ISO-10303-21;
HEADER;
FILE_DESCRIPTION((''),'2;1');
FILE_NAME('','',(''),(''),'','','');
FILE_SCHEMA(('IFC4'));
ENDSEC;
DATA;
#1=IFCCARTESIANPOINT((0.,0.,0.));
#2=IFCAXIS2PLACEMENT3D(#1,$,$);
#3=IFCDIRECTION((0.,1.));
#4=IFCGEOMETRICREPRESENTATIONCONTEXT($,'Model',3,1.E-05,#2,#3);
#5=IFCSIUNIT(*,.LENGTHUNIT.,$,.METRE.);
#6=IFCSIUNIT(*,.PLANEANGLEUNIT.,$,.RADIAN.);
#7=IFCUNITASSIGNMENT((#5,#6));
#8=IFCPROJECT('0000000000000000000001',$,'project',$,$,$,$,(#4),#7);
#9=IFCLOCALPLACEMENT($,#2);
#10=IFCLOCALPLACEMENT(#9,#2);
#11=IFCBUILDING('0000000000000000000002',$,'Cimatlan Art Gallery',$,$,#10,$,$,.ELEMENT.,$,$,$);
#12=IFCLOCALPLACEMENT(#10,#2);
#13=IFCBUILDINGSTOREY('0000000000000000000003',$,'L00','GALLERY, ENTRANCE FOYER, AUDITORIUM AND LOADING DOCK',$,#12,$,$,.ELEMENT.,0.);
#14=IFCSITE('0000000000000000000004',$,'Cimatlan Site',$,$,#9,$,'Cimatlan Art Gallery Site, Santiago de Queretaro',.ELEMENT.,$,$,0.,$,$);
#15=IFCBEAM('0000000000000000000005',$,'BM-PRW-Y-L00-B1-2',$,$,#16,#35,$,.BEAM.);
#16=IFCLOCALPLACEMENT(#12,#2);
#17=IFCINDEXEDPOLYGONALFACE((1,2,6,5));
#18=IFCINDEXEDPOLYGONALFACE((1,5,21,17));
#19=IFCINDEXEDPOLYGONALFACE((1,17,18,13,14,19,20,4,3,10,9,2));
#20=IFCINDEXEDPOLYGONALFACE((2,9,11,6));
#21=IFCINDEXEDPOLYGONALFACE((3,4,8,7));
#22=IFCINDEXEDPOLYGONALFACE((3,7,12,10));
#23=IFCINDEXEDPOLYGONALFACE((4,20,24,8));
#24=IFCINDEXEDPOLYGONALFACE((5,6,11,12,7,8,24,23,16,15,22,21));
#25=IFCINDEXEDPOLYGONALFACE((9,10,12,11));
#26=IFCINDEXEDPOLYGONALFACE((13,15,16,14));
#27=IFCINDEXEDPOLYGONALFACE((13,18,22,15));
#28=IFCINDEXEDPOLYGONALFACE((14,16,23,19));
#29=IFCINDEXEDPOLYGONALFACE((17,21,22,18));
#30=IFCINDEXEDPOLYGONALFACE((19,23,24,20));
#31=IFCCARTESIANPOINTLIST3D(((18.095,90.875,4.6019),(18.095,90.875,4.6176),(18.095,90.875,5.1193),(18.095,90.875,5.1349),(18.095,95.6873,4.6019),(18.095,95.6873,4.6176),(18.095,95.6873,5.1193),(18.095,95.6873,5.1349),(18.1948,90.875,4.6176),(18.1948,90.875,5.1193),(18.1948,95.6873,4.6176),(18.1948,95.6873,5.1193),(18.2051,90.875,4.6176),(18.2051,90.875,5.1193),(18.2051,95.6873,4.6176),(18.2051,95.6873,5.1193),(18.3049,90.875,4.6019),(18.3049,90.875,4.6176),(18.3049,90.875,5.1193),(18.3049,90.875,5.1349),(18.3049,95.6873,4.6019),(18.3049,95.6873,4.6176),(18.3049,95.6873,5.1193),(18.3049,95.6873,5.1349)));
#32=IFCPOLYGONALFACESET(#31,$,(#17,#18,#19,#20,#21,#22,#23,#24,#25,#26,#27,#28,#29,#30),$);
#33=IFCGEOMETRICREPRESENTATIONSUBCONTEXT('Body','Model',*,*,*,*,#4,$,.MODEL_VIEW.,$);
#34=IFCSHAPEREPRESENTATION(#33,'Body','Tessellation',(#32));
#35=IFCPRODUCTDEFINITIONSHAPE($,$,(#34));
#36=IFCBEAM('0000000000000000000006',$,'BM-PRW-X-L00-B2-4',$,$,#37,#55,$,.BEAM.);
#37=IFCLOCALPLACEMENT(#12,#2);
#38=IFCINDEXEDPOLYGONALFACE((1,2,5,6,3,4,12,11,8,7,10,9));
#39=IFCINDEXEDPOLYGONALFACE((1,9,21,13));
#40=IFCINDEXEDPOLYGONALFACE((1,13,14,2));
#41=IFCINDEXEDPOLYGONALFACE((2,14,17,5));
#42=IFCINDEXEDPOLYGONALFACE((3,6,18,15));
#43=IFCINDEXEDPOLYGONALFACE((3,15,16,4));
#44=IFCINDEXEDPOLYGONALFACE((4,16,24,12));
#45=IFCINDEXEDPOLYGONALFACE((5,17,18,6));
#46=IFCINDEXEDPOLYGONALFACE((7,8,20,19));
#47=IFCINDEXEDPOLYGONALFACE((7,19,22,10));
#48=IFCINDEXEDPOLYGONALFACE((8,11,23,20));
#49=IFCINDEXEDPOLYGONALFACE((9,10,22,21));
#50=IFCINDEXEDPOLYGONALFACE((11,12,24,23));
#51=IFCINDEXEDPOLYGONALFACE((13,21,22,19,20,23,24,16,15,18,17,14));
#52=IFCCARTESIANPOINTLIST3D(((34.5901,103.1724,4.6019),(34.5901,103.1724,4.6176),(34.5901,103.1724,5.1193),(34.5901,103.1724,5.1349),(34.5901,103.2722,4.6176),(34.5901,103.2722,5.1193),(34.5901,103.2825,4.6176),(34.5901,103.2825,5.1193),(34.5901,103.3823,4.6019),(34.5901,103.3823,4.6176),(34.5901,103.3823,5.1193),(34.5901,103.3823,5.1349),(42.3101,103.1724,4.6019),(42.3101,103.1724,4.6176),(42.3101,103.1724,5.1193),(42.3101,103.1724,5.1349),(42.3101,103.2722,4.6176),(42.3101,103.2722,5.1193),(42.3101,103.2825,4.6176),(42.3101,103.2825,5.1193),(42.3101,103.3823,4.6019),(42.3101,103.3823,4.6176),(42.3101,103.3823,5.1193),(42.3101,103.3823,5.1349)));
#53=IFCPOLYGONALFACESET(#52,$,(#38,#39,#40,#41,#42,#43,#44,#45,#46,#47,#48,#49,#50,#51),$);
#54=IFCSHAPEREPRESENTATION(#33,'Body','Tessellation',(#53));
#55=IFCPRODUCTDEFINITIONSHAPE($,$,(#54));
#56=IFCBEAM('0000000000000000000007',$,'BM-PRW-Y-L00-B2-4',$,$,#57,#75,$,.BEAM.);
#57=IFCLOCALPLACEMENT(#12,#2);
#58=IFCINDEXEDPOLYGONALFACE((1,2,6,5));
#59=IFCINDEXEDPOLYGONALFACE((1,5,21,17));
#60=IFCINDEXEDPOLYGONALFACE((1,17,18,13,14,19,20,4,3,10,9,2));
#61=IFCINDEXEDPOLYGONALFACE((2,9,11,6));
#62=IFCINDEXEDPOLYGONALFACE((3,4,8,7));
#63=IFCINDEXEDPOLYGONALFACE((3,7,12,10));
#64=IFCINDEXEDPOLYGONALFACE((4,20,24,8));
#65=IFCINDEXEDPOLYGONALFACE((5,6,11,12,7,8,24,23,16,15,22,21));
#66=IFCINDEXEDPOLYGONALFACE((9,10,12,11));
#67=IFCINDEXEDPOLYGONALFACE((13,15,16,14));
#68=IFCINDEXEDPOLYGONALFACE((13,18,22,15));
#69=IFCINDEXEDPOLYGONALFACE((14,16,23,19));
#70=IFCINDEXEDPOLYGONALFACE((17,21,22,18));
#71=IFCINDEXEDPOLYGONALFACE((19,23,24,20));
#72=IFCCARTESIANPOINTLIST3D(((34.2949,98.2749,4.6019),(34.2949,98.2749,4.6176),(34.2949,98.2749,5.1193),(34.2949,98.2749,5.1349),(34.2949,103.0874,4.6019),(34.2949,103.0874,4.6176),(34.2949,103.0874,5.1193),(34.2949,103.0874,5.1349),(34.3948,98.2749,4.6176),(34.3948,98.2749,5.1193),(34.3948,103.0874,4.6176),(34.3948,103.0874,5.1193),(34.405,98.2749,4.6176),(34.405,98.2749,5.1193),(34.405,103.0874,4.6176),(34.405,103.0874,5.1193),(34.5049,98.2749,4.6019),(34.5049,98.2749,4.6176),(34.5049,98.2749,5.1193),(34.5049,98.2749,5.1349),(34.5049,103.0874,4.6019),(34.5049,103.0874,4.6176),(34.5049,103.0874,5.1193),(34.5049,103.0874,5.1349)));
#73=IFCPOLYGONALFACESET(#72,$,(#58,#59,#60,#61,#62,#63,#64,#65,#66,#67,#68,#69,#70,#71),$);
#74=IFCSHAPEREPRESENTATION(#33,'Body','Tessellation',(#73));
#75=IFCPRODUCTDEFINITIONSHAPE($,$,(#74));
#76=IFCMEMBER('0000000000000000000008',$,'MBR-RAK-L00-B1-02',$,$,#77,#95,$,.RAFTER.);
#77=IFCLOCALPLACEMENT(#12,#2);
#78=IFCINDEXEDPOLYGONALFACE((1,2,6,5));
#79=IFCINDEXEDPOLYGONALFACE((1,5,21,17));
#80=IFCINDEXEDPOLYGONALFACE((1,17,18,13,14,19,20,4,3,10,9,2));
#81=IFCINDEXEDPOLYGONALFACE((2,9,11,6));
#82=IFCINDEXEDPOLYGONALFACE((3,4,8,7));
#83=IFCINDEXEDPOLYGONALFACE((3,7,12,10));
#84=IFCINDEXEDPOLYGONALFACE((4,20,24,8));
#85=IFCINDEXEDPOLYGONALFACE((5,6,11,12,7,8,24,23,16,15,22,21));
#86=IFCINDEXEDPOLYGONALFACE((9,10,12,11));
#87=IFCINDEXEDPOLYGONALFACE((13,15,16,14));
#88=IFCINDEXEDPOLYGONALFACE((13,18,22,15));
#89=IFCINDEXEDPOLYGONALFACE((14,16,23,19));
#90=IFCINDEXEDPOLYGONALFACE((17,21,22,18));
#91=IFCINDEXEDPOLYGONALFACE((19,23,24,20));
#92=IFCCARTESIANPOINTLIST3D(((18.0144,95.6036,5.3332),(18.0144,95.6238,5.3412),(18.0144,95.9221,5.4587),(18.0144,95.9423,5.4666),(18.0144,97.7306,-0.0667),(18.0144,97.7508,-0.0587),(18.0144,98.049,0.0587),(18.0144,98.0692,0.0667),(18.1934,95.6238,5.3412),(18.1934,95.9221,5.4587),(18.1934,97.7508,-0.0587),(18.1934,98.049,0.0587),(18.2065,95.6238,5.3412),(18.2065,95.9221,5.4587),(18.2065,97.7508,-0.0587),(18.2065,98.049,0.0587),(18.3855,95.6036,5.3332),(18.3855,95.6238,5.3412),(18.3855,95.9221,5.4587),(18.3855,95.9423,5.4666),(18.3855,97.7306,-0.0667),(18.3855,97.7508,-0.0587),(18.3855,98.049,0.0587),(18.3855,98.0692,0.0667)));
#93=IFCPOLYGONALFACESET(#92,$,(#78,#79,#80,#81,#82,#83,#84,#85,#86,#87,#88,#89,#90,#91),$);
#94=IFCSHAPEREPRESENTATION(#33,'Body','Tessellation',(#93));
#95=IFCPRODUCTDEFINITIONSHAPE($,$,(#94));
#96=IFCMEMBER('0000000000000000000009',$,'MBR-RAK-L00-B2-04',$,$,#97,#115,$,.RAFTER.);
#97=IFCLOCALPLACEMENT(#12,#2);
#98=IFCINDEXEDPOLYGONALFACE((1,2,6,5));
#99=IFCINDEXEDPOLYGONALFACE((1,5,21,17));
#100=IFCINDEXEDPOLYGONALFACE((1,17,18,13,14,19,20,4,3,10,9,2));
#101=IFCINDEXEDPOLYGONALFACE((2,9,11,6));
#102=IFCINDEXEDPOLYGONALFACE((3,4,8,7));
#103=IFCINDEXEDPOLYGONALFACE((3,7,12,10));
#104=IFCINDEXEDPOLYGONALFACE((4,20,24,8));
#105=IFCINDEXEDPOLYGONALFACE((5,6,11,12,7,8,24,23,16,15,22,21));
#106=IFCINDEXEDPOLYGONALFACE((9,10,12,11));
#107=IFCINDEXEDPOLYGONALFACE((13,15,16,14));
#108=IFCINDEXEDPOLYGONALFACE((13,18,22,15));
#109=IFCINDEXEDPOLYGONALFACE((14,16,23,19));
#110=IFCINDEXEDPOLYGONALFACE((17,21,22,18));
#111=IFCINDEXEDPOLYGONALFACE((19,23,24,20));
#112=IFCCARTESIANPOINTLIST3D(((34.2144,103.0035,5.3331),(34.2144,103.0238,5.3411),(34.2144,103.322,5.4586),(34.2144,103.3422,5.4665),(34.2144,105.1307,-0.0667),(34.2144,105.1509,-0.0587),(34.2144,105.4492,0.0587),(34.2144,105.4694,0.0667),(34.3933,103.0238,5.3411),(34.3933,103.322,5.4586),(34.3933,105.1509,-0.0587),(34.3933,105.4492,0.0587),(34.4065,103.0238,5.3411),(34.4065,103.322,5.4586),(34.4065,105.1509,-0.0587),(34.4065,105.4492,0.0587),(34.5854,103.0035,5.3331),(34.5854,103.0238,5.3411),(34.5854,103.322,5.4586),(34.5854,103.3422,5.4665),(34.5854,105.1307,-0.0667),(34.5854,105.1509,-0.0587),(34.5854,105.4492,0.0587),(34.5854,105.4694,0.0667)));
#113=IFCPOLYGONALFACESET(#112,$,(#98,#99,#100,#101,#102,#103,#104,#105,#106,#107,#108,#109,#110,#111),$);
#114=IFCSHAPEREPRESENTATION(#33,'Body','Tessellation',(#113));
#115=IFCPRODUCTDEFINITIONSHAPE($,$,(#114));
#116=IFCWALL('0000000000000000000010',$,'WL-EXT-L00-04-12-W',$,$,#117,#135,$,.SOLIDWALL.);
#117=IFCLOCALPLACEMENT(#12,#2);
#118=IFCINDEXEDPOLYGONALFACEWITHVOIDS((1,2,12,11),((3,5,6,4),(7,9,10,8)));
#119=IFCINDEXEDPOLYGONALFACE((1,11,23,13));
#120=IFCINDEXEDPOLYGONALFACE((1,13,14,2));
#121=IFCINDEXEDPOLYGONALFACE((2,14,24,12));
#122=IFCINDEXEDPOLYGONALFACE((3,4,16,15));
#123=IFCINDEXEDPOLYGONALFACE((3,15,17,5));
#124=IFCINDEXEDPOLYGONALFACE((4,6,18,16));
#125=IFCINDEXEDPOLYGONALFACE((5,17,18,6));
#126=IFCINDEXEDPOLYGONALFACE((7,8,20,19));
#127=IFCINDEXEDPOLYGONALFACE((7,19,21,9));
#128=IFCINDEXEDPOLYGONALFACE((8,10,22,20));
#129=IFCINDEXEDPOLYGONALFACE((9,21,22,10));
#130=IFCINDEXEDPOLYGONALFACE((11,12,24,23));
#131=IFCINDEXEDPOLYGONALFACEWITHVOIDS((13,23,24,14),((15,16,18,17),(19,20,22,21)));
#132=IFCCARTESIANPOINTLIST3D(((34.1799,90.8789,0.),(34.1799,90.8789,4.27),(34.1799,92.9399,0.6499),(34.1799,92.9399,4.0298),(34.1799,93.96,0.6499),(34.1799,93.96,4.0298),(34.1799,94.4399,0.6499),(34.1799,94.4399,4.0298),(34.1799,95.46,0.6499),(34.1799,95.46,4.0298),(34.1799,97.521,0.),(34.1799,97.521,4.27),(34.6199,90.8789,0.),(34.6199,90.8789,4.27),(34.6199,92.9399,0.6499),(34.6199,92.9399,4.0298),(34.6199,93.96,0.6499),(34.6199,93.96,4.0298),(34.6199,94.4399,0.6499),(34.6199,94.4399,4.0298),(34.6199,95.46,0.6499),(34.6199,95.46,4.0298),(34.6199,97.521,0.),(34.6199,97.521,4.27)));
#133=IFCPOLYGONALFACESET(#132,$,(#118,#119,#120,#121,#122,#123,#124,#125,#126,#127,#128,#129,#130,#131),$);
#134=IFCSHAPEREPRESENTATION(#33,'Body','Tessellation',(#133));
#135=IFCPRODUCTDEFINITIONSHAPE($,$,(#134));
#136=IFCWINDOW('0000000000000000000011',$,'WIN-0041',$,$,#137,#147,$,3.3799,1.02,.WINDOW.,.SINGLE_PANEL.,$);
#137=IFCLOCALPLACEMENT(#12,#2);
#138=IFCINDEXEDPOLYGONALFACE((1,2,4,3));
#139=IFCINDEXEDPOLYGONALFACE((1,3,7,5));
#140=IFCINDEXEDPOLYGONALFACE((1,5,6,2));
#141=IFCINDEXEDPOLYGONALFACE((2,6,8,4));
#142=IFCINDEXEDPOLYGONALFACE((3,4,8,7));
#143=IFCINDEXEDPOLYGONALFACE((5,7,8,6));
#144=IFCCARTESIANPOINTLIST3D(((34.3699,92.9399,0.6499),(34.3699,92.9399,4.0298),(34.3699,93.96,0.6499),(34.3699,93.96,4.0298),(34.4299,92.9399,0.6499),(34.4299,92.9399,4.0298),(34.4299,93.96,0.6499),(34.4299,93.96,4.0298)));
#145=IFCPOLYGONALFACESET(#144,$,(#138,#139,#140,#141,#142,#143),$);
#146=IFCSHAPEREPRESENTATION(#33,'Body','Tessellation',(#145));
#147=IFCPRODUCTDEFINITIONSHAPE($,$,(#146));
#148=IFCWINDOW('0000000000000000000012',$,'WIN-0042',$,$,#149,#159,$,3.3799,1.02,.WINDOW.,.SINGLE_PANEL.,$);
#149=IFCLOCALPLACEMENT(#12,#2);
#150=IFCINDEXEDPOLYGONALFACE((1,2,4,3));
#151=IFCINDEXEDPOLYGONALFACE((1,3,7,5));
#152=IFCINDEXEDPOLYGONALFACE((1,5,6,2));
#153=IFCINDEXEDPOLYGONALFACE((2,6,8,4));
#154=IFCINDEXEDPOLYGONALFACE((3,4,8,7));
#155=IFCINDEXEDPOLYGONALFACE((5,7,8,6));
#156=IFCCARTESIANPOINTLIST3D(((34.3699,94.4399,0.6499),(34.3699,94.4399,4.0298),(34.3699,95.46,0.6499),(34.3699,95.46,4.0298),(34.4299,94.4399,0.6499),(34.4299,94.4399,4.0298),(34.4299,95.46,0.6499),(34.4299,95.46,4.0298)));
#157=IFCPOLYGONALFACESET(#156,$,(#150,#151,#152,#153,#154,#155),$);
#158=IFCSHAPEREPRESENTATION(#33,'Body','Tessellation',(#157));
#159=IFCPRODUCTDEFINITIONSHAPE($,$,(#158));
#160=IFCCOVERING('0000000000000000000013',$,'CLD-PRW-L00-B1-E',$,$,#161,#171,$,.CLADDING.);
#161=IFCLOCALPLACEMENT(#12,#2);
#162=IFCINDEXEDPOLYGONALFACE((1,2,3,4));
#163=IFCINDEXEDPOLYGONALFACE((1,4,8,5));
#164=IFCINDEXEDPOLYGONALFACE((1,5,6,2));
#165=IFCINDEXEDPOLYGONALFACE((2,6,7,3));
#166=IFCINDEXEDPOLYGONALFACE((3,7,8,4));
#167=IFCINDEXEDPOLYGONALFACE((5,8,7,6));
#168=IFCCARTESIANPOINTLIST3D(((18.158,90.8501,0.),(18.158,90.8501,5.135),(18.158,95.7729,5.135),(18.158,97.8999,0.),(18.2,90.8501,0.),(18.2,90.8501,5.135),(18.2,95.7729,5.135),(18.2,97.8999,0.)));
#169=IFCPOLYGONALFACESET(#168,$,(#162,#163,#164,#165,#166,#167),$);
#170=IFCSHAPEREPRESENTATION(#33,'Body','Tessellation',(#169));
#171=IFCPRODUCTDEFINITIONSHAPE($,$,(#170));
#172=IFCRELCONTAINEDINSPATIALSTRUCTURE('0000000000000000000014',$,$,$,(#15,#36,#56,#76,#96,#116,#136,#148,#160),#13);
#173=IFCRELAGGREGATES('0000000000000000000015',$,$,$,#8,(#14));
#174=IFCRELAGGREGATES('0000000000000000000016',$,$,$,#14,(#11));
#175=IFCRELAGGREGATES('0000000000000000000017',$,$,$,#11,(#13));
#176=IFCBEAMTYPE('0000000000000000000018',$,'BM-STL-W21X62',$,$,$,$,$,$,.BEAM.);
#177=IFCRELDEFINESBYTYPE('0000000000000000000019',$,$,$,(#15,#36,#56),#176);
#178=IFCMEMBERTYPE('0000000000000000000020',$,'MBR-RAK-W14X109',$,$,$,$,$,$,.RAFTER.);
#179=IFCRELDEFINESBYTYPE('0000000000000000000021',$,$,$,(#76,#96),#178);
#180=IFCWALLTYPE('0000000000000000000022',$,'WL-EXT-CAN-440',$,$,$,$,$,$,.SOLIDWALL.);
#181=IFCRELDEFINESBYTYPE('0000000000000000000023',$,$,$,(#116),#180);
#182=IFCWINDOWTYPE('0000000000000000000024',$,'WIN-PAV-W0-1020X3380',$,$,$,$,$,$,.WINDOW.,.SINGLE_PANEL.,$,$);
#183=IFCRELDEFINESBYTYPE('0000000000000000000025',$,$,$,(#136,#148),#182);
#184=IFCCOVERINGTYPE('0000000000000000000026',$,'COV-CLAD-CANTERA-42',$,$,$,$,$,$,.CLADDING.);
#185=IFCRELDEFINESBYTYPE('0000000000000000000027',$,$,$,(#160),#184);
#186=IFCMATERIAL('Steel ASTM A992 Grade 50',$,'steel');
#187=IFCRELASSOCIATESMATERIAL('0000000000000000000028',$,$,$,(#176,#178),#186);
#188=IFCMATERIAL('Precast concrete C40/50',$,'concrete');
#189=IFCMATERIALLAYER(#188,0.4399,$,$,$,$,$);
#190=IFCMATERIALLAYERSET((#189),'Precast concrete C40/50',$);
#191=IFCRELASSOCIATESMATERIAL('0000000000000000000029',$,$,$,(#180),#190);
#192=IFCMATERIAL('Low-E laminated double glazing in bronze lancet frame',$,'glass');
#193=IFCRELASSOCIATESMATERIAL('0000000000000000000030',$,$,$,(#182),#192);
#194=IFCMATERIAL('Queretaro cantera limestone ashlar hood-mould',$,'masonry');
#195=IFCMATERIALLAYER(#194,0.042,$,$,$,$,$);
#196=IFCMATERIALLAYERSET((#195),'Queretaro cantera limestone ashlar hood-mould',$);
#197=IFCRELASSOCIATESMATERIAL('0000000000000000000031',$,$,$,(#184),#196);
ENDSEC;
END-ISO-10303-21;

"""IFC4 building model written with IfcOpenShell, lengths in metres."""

from ifc_helpers import new_model, si_unit, direction, frame, frame_2d, origin, origin_2d, place, context, subcontext, project, spatial, polyline, rectangle, i_section, outline, extrude, material, layer, layer_set, material_profile, profile_set, type_object, element, fill, save


model = new_model("IFC4")

# Units and contexts
model_context = context("Model", 3, precision=1e-05, world=origin(), true_north=direction((0.0, 1.0)))
body_context = subcontext(model_context, "Body", "Model", "MODEL_VIEW")
ifc_project = project(units=[si_unit("LENGTHUNIT", "METRE"), si_unit("PLANEANGLEUNIT", "RADIAN")], contexts=[model_context])

# Site, building, storey
site_placement = place(None, origin())
site = spatial("IfcSite", under=ifc_project, at=site_placement, Name="Cimatlan Site", LongName="Cimatlan Art Gallery Site, Santiago de Queretaro", CompositionType="ELEMENT", RefElevation=0.0)
building_placement = place(site_placement, origin())
building = spatial("IfcBuilding", under=site, at=building_placement, Name="Cimatlan Art Gallery", CompositionType="ELEMENT")
storey_placement = place(building_placement, origin())
storey = spatial("IfcBuildingStorey", under=building, at=storey_placement, Name="L00", Description="GALLERY, ENTRANCE FOYER, AUDITORIUM AND LOADING DOCK", CompositionType="ELEMENT", Elevation=0.0)

# Beams
ifc_material_1 = material(Name="Steel ASTM A992 Grade 50", Category="steel")
ifc_material_profile_1 = material_profile(ifc_material_1, i_section(OverallWidth=0.21, OverallDepth=0.533, WebThickness=0.0103, FlangeThickness=0.0156, at=origin_2d()), Name="W21X62")
ifc_profile_set_1 = profile_set([ifc_material_profile_1], Name="Steel ASTM A992 Grade 50")
beam_type_1 = type_object("IfcBeamType", Name="BM-STL-W21X62", PredefinedType="BEAM", material=ifc_profile_set_1)
beam_1_placement = place(storey_placement, frame((18.2, 90.875, 4.8684), z_axis=(0.0, 1.0, 0.0), x_axis=(-1.0, 0.0, 0.0)))
element("IfcBeam", 1, at=beam_1_placement, inside=storey, type_object=beam_type_1, Name="BM-PRW-Y-L00-B1-2", PredefinedType="BEAM", context=body_context, shape_type="SweptSolid", body=[
    extrude(i_section(OverallWidth=0.21, OverallDepth=0.533, WebThickness=0.0103, FlangeThickness=0.0156, at=origin_2d()), origin(), (0.0, 0.0, 1.0), 4.8123),
])
beam_2_placement = place(storey_placement, frame((34.5901, 103.2773, 4.8684), z_axis=(1.0, 0.0, 0.0), x_axis=(0.0, 1.0, 0.0)))
element("IfcBeam", 2, at=beam_2_placement, inside=storey, type_object=beam_type_1, Name="BM-PRW-X-L00-B2-4", PredefinedType="BEAM", context=body_context, shape_type="SweptSolid", body=[
    extrude(i_section(OverallWidth=0.21, OverallDepth=0.533, WebThickness=0.0103, FlangeThickness=0.0156, at=origin_2d()), origin(), (0.0, 0.0, 1.0), 7.72),
])
beam_3_placement = place(storey_placement, frame((34.3999, 98.2749, 4.8684), z_axis=(0.0, 1.0, 0.0), x_axis=(-1.0, 0.0, 0.0)))
element("IfcBeam", 3, at=beam_3_placement, inside=storey, type_object=beam_type_1, Name="BM-PRW-Y-L00-B2-4", PredefinedType="BEAM", context=body_context, shape_type="SweptSolid", body=[
    extrude(i_section(OverallWidth=0.21, OverallDepth=0.533, WebThickness=0.0103, FlangeThickness=0.0156, at=origin_2d()), origin(), (0.0, 0.0, 1.0), 4.8125),
])

# Members
ifc_material_profile_2 = material_profile(ifc_material_1, i_section(OverallWidth=0.3711, OverallDepth=0.364, WebThickness=0.0132, FlangeThickness=0.0217, at=origin_2d()), Name="W14X109")
ifc_profile_set_2 = profile_set([ifc_material_profile_2], Name="Steel ASTM A992 Grade 50")
member_type = type_object("IfcMemberType", Name="MBR-RAK-W14X109", PredefinedType="RAFTER", material=ifc_profile_set_2)
for number, where, z_axis, x_axis, name in (
    (4, (18.2, 97.8999, 0.0), (0.0, -0.366483, 0.930425), (1.0, 0.0, 0.0), "MBR-RAK-L00-B1-02"),
    (5, (34.3999, 105.3, 0.0), (0.0, -0.366519, 0.930411), (1.0, 0.0, 0.0), "MBR-RAK-L00-B2-04"),
):
    element("IfcMember", number, at=place(storey_placement, frame(where, z_axis=z_axis, x_axis=x_axis)), inside=storey, type_object=member_type, Name=name, PredefinedType="RAFTER", context=body_context, shape_type="SweptSolid", body=[
        extrude(i_section(OverallWidth=0.3711, OverallDepth=0.364, WebThickness=0.0132, FlangeThickness=0.0217, at=origin_2d()), origin(), (0.0, 0.0, 1.0), 5.8037),
    ])

# Wall, openings, windows
ifc_material_2 = material(Name="Precast concrete C40/50", Category="concrete")
ifc_layer_1 = layer(ifc_material_2, 0.4399)
ifc_layer_set_1 = layer_set([ifc_layer_1], Name="Precast concrete C40/50")
wall_type = type_object("IfcWallType", Name="WL-EXT-CAN-440", PredefinedType="SOLIDWALL", material=ifc_layer_set_1)
wall_placement = place(storey_placement, frame((34.3999, 90.8789, 0.0), z_axis=(0.0, 0.0, 1.0), x_axis=(0.0, 1.0, 0.0)))
wall = element("IfcWall", 6, at=wall_placement, inside=storey, type_object=wall_type, Name="WL-EXT-L00-04-12-W", PredefinedType="SOLIDWALL", context=body_context, shape_type="SweptSolid", body=[
    extrude(rectangle(XDim=6.6421, YDim=0.4399, at=frame_2d((3.321, 0.0))), origin(), (0.0, 0.0, 1.0), 4.27),
])
opening_1_placement = place(wall_placement, frame((2.061, 0.0, 0.6499)))
opening_1 = element("IfcOpeningElement", 7, at=opening_1_placement, cuts=wall, PredefinedType="OPENING", context=body_context, shape_type="SweptSolid", body=[
    extrude(rectangle(XDim=1.02, YDim=3.3799, at=frame_2d((0.51, 1.6899))), frame((0.0, 0.23, 0.0), z_axis=(0.0, -1.0, 0.0), x_axis=(1.0, 0.0, 0.0)), (0.0, 0.0, 1.0), 0.46),
])
opening_2_placement = place(wall_placement, frame((3.561, 0.0, 0.6499)))
opening_2 = element("IfcOpeningElement", 8, at=opening_2_placement, cuts=wall, PredefinedType="OPENING", context=body_context, shape_type="SweptSolid", body=[
    extrude(rectangle(XDim=1.02, YDim=3.3799, at=frame_2d((0.51, 1.6899))), frame((0.0, 0.23, 0.0), z_axis=(0.0, -1.0, 0.0), x_axis=(1.0, 0.0, 0.0)), (0.0, 0.0, 1.0), 0.46),
])
ifc_material_3 = material(Name="Low-E laminated double glazing in bronze lancet frame", Category="glass")
window_type = type_object("IfcWindowType", Name="WIN-PAV-W0-1020X3380", PartitioningType="SINGLE_PANEL", PredefinedType="WINDOW", material=ifc_material_3)
window_1_placement = place(opening_1_placement, origin())
window_1 = element("IfcWindow", 9, at=window_1_placement, inside=storey, type_object=window_type, Name="WIN-0041", OverallHeight=3.3799, OverallWidth=1.02, PartitioningType="SINGLE_PANEL", PredefinedType="WINDOW", context=body_context, shape_type="SweptSolid", body=[
    extrude(rectangle(XDim=1.02, YDim=3.3799, at=frame_2d((0.51, 1.6899))), frame((0.0, 0.03, 0.0), z_axis=(0.0, -1.0, 0.0), x_axis=(1.0, 0.0, 0.0)), (0.0, 0.0, 1.0), 0.0601),
])
fill(opening_1, window_1)
window_2_placement = place(opening_2_placement, origin())
window_2 = element("IfcWindow", 10, at=window_2_placement, inside=storey, type_object=window_type, Name="WIN-0042", OverallHeight=3.3799, OverallWidth=1.02, PartitioningType="SINGLE_PANEL", PredefinedType="WINDOW", context=body_context, shape_type="SweptSolid", body=[
    extrude(rectangle(XDim=1.02, YDim=3.3799, at=frame_2d((0.51, 1.6899))), frame((0.0, 0.03, 0.0), z_axis=(0.0, -1.0, 0.0), x_axis=(1.0, 0.0, 0.0)), (0.0, 0.0, 1.0), 0.0601),
])
fill(opening_2, window_2)

# Covering
ifc_material_4 = material(Name="Queretaro cantera limestone ashlar hood-mould", Category="masonry")
ifc_layer_2 = layer(ifc_material_4, 0.042)
ifc_layer_set_2 = layer_set([ifc_layer_2], Name="Queretaro cantera limestone ashlar hood-mould")
covering_type = type_object("IfcCoveringType", Name="COV-CLAD-CANTERA-42", PredefinedType="CLADDING", material=ifc_layer_set_2)
covering_1_placement = place(storey_placement, frame((18.2, 90.8501, 0.0), z_axis=(1.0, 0.0, 0.0), x_axis=(0.0, 1.0, 0.0)))
element("IfcCovering", 11, at=covering_1_placement, inside=storey, type_object=covering_type, Name="CLD-PRW-L00-B1-E", PredefinedType="CLADDING", context=body_context, shape_type="SweptSolid", body=[
    extrude(outline(polyline([(0.0, 0.0), (7.0498, 0.0), (4.9229, 5.135), (0.0, 5.135), (0.0, 0.0)])), origin(), (0.0, 0.0, -1.0), 0.042),
])

save(model, "model.ifc")
